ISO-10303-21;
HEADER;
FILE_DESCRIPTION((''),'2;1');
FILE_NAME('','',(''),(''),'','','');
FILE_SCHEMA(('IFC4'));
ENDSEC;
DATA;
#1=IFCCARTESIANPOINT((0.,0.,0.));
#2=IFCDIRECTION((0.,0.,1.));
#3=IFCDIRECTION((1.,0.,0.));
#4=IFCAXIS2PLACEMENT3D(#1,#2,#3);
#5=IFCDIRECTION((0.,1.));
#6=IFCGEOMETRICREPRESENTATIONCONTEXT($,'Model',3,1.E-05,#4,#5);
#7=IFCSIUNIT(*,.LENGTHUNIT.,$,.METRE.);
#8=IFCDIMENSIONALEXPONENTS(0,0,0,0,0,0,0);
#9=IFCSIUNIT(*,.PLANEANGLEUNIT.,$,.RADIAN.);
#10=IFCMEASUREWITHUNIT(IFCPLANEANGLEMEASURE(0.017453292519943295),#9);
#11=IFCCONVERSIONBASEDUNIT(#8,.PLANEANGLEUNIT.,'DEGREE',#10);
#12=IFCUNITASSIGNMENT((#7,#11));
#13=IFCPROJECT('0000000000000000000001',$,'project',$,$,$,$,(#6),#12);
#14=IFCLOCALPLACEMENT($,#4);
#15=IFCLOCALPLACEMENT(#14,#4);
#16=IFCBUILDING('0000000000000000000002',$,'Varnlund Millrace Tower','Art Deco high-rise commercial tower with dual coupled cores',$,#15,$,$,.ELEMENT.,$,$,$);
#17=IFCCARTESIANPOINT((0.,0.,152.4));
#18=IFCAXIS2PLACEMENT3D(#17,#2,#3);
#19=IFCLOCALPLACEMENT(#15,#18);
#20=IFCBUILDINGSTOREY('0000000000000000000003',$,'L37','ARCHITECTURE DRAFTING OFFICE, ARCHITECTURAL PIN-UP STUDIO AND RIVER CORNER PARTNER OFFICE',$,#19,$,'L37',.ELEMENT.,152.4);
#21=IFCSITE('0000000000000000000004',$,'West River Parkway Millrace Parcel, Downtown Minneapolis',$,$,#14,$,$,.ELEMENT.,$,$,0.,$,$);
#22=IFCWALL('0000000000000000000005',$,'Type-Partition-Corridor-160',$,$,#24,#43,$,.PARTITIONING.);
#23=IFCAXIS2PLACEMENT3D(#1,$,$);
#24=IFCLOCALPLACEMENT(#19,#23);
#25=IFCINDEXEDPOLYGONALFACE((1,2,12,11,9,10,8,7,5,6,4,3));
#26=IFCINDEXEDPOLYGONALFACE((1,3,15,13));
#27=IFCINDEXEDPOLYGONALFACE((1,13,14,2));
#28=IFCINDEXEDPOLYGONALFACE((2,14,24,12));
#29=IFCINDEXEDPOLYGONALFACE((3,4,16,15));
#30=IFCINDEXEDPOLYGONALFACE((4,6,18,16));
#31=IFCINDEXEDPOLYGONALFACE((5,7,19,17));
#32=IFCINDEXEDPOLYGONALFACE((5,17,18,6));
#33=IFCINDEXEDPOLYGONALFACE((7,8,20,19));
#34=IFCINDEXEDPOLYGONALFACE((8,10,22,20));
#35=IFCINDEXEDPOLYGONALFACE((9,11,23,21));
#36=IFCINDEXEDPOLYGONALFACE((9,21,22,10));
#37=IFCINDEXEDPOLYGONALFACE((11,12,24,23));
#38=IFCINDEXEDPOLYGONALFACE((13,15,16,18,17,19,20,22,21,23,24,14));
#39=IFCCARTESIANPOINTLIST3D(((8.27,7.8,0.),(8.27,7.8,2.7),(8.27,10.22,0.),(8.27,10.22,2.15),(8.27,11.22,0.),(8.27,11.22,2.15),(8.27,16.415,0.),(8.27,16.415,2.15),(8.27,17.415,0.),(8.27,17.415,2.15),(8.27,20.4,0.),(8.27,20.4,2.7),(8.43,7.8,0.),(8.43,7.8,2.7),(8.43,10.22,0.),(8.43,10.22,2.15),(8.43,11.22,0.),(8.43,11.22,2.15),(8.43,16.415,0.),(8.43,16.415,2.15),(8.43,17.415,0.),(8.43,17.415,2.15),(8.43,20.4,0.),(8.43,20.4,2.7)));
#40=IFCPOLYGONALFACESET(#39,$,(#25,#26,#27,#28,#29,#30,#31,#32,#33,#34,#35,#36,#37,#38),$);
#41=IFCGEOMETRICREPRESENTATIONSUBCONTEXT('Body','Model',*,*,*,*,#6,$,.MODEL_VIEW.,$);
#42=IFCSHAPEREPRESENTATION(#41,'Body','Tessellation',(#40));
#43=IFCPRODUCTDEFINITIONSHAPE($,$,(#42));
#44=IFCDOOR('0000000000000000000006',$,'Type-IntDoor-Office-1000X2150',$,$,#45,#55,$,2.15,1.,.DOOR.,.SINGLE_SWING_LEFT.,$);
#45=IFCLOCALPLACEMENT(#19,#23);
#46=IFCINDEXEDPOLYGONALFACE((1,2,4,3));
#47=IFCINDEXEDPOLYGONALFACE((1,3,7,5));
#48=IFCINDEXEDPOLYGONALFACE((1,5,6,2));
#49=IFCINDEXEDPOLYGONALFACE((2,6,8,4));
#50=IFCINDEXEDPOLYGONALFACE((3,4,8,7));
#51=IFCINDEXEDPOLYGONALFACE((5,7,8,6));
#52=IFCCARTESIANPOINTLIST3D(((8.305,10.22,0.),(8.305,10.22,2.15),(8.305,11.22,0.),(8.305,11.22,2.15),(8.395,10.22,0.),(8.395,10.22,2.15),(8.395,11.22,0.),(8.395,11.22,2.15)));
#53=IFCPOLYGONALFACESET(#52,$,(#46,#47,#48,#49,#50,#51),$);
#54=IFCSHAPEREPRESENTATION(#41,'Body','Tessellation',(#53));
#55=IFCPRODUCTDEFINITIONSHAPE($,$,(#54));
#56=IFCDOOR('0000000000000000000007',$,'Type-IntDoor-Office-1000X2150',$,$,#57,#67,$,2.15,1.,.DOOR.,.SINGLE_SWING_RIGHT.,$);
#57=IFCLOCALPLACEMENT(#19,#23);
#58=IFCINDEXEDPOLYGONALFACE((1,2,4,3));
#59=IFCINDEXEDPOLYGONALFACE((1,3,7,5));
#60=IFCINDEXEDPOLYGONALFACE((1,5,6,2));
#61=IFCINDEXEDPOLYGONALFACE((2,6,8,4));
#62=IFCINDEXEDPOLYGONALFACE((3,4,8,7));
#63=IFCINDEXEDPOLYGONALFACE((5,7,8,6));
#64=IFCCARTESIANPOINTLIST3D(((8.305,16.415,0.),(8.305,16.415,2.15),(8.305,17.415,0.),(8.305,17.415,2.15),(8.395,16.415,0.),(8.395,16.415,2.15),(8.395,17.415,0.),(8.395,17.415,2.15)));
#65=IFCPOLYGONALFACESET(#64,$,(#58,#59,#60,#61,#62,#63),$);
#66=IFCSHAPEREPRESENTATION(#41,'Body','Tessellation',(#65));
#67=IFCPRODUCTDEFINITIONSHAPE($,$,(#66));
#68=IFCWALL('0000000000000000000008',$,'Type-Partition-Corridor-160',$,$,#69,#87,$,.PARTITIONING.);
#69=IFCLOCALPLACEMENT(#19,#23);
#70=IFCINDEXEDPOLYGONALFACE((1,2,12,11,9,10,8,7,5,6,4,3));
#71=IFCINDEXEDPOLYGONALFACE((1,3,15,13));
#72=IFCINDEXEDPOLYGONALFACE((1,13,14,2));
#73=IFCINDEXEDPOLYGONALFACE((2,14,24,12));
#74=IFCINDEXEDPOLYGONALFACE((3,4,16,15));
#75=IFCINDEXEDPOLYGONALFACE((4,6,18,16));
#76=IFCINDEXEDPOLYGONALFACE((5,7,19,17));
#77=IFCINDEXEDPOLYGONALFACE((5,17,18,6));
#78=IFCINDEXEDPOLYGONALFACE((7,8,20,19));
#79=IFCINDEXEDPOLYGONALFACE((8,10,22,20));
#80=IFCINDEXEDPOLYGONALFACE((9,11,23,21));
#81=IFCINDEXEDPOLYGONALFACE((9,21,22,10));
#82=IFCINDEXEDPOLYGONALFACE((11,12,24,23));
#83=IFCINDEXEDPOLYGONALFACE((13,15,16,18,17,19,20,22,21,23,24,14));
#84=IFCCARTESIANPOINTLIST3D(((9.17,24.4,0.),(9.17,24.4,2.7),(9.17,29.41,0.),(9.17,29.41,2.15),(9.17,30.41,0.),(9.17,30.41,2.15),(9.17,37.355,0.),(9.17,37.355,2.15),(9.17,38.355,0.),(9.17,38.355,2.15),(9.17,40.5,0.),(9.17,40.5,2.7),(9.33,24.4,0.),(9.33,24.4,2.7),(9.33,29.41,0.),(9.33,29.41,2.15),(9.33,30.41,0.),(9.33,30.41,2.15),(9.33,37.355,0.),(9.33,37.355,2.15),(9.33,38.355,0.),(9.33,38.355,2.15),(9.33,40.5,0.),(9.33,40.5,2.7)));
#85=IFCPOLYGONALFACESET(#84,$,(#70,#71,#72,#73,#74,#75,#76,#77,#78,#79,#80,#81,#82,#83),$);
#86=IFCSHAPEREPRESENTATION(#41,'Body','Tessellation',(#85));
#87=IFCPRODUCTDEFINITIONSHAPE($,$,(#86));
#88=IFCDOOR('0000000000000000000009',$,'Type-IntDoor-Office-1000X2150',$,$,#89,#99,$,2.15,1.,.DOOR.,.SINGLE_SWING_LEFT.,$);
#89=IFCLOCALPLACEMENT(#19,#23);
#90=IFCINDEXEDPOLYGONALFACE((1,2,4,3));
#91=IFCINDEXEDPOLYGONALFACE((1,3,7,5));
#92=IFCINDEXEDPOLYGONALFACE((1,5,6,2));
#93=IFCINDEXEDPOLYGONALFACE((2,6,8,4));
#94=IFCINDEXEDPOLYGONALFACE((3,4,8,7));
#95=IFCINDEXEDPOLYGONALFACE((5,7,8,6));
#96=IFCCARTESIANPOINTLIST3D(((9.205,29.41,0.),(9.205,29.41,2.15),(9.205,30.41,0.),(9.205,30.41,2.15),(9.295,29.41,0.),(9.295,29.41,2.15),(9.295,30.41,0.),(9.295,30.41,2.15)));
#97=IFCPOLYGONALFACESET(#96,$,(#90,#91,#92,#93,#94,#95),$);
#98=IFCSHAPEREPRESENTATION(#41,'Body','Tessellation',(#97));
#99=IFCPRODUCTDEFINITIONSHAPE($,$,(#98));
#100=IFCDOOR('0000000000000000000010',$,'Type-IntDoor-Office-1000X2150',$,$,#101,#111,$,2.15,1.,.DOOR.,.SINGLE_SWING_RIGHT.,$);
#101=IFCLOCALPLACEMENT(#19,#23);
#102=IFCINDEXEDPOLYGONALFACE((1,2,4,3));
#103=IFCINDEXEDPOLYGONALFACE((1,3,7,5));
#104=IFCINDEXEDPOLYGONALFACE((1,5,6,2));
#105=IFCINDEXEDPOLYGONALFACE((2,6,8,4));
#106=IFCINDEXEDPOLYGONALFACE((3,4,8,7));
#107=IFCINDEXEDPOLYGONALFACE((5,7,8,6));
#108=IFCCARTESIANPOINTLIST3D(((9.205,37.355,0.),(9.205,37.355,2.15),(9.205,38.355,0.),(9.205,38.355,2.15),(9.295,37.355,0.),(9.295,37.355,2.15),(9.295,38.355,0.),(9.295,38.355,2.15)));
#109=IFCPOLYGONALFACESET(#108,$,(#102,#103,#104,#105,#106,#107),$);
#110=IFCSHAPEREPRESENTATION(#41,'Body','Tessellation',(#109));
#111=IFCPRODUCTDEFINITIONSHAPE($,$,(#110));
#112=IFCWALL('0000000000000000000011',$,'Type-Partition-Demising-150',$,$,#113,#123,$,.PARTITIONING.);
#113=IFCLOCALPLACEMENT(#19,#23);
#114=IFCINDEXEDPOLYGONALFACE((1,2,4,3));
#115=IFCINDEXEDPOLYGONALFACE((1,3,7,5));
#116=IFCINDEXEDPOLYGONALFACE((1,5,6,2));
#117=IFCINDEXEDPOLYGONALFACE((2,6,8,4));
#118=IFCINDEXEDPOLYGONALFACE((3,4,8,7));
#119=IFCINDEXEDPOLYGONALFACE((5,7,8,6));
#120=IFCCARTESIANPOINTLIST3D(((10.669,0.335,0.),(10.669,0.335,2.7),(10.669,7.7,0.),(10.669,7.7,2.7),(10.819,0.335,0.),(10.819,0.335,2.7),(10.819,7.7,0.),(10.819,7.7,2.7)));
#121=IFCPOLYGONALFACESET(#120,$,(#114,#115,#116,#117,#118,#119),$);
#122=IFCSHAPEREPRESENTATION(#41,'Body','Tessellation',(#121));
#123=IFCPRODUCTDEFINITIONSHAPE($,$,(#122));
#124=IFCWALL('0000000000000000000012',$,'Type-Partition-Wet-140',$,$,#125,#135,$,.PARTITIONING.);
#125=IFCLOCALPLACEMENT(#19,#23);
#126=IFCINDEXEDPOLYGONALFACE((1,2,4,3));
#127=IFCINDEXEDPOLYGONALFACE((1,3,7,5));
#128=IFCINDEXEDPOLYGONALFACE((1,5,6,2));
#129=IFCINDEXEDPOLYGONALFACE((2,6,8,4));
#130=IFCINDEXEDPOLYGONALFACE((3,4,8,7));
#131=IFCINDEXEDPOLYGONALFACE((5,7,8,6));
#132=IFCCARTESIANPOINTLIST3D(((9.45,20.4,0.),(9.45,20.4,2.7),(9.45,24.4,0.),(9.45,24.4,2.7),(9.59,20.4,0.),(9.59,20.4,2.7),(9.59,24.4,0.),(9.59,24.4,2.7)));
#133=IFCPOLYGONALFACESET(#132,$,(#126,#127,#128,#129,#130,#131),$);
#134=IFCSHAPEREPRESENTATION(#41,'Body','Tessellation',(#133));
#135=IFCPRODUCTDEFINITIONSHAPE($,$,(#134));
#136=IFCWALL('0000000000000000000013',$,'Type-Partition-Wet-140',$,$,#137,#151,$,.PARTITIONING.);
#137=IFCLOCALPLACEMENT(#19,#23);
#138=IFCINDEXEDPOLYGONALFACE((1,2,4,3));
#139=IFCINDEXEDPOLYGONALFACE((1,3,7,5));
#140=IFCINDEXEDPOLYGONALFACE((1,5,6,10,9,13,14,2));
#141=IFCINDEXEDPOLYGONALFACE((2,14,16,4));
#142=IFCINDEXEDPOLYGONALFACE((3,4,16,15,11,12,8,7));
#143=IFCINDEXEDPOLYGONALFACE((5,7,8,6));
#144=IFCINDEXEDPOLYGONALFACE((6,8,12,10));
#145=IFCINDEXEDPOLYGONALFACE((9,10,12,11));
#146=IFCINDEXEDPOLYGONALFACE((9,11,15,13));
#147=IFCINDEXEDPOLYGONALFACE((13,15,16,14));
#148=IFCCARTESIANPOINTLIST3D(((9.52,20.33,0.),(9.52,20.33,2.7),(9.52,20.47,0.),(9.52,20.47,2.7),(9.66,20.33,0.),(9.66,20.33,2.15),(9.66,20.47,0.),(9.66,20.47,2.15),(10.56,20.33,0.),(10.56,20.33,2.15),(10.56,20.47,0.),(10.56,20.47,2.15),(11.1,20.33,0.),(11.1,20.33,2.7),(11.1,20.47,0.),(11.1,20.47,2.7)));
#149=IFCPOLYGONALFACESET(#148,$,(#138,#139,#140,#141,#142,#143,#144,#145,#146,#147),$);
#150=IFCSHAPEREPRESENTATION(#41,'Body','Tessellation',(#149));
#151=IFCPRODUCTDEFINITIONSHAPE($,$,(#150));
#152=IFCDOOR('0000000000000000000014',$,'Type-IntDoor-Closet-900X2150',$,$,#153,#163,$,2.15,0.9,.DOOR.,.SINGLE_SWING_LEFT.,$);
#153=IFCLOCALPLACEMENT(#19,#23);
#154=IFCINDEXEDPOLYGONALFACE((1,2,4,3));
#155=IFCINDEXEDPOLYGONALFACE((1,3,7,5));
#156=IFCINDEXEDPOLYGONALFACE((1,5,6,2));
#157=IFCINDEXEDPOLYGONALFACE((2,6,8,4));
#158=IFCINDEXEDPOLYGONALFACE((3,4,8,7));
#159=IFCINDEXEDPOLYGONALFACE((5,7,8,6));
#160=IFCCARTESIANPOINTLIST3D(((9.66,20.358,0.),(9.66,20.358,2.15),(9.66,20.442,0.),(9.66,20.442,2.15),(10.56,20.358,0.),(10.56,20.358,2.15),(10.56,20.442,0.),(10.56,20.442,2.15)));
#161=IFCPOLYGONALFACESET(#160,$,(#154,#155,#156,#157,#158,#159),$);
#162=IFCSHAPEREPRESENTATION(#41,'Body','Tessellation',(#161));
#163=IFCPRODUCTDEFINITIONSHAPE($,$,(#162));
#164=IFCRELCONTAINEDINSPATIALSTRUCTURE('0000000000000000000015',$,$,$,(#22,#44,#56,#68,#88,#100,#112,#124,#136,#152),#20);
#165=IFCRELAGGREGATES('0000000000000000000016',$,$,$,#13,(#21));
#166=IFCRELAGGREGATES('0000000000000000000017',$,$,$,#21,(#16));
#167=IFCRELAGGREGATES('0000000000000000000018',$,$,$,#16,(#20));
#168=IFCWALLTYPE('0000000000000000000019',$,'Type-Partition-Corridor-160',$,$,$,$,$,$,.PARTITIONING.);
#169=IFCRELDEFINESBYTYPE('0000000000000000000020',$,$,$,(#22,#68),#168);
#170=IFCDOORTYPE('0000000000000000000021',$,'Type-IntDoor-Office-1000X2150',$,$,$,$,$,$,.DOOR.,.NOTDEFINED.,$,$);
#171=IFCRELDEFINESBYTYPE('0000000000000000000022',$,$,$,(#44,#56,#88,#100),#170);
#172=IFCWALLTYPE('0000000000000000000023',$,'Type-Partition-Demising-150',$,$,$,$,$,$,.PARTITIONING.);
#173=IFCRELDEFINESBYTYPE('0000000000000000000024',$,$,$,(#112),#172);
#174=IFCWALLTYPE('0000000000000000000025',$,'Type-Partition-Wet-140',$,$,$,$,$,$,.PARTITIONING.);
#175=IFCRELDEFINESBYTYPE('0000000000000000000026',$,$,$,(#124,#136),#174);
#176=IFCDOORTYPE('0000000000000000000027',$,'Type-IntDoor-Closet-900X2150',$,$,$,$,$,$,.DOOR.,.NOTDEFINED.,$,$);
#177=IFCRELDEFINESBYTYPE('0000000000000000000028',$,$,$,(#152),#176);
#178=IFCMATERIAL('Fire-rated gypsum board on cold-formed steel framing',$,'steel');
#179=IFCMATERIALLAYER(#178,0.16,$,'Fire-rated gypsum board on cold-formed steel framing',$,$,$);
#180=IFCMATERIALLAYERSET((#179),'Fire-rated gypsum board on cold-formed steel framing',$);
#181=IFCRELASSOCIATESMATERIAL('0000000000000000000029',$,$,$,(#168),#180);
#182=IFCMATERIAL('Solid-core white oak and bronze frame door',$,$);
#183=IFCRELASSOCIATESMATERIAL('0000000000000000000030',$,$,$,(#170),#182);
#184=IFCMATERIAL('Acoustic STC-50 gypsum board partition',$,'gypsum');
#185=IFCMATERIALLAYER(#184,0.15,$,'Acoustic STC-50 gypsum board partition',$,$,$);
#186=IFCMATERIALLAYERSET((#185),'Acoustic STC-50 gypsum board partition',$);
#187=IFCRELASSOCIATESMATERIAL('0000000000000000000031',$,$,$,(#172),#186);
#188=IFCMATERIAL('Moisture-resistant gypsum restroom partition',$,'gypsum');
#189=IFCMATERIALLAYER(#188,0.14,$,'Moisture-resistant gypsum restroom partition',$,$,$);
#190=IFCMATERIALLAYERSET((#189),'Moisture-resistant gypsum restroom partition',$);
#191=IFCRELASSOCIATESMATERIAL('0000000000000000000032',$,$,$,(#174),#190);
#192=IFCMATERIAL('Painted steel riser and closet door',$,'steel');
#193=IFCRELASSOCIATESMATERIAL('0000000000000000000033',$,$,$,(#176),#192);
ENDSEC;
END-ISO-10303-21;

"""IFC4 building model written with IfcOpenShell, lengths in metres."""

from ifc_helpers import new_model, entity, si_unit, converted_unit, direction, frame, origin_with_axes, origin_2d_with_axis, place, context, subcontext, project, spatial, polyline, rectangle, outline, extrude, material, layer, layer_set, type_object, element, fill, save


model = new_model("IFC4")

# Units and contexts
model_context = context("Model", 3, precision=1e-05, world=origin_with_axes(), true_north=direction((0.0, 1.0)))
body_context = subcontext(model_context, "Body", "Model", "MODEL_VIEW")
ifc_project = project(units=[si_unit("LENGTHUNIT", "METRE"), converted_unit("PLANEANGLEUNIT", "DEGREE", entity("IfcPlaneAngleMeasure", 0.017453292519943295), si_unit("PLANEANGLEUNIT", "RADIAN"), dimensions=[0, 0, 0, 0, 0, 0, 0])], contexts=[model_context])

# Site, building, storey
site_placement = place(None, origin_with_axes())
site = spatial("IfcSite", under=ifc_project, at=site_placement, Name="West River Parkway Millrace Parcel, Downtown Minneapolis", CompositionType="ELEMENT", RefElevation=0.0)
building_placement = place(site_placement, origin_with_axes())
building = spatial("IfcBuilding", under=site, at=building_placement, Name="Varnlund Millrace Tower", Description="Art Deco high-rise commercial tower with dual coupled cores", CompositionType="ELEMENT")
storey_placement = place(building_placement, frame((0.0, 0.0, 152.4), z_axis=(0.0, 0.0, 1.0), x_axis=(1.0, 0.0, 0.0)))
storey = spatial("IfcBuildingStorey", under=building, at=storey_placement, Name="L37", Description="ARCHITECTURE DRAFTING OFFICE, ARCHITECTURAL PIN-UP STUDIO AND RIVER CORNER PARTNER OFFICE", LongName="L37", CompositionType="ELEMENT", Elevation=152.4)

# Shared definitions
ifc_material_1 = material(Name="Fire-rated gypsum board on cold-formed steel framing", Category="steel")
ifc_layer_1 = layer(ifc_material_1, 0.16, Name="Fire-rated gypsum board on cold-formed steel framing")
ifc_layer_set_1 = layer_set([ifc_layer_1], Name="Fire-rated gypsum board on cold-formed steel framing")
wall_type_1 = type_object("IfcWallType", Name="Type-Partition-Corridor-160", PredefinedType="PARTITIONING", material=ifc_layer_set_1)

# Walls, openings, doors
ifc_material_2 = material(Name="Solid-core white oak and bronze frame door")
door_type_1 = type_object("IfcDoorType", Name="Type-IntDoor-Office-1000X2150", OperationType="NOTDEFINED", PredefinedType="DOOR", material=ifc_material_2)
wall_1_placement = place(storey_placement, frame((8.35, 7.8, 0.0), z_axis=(0.0, 0.0, 1.0), x_axis=(0.0, 1.0, 0.0)))
wall_1 = element("IfcWall", 1, at=wall_1_placement, inside=storey, type_object=wall_type_1, Name="Type-Partition-Corridor-160", PredefinedType="PARTITIONING", context=body_context, shape_type="SweptSolid", body=[
    extrude(outline(polyline([(0.0, -0.08), (12.6, -0.08), (12.6, 0.08), (0.0, 0.08), (0.0, -0.08)])), origin_with_axes(), (0.0, 0.0, 1.0), 2.7),
])
opening_1_placement = place(wall_1_placement, frame((2.92, 0.0, 0.0), z_axis=(0.0, 0.0, 1.0), x_axis=(1.0, 0.0, 0.0)))
opening_1 = element("IfcOpeningElement", 2, at=opening_1_placement, cuts=wall_1, PredefinedType="OPENING", context=body_context, shape_type="SweptSolid", body=[
    extrude(rectangle(XDim=1.0, YDim=0.18, at=origin_2d_with_axis()), origin_with_axes(), (0.0, 0.0, 1.0), 2.15),
])
opening_2_placement = place(wall_1_placement, frame((9.115, 0.0, 0.0), z_axis=(0.0, 0.0, 1.0), x_axis=(1.0, 0.0, 0.0)))
opening_2 = element("IfcOpeningElement", 3, at=opening_2_placement, cuts=wall_1, PredefinedType="OPENING", context=body_context, shape_type="SweptSolid", body=[
    extrude(rectangle(XDim=1.0, YDim=0.18, at=origin_2d_with_axis()), origin_with_axes(), (0.0, 0.0, 1.0), 2.15),
])
door_1_placement = place(wall_1_placement, frame((2.92, 0.0, 0.0), z_axis=(0.0, 0.0, 1.0), x_axis=(1.0, 0.0, 0.0)))
door_1 = element("IfcDoor", 4, at=door_1_placement, inside=storey, type_object=door_type_1, Name="Type-IntDoor-Office-1000X2150", OperationType="SINGLE_SWING_LEFT", OverallHeight=2.15, OverallWidth=1.0, PredefinedType="DOOR", context=body_context, shape_type="SweptSolid", body=[
    extrude(rectangle(XDim=1.0, YDim=0.09, at=origin_2d_with_axis()), origin_with_axes(), (0.0, 0.0, 1.0), 2.15),
])
fill(opening_1, door_1)
door_2_placement = place(wall_1_placement, frame((9.115, 0.0, 0.0), z_axis=(0.0, 0.0, 1.0), x_axis=(1.0, 0.0, 0.0)))
door_2 = element("IfcDoor", 5, at=door_2_placement, inside=storey, type_object=door_type_1, Name="Type-IntDoor-Office-1000X2150", OperationType="SINGLE_SWING_RIGHT", OverallHeight=2.15, OverallWidth=1.0, PredefinedType="DOOR", context=body_context, shape_type="SweptSolid", body=[
    extrude(rectangle(XDim=1.0, YDim=0.09, at=origin_2d_with_axis()), origin_with_axes(), (0.0, 0.0, 1.0), 2.15),
])
fill(opening_2, door_2)
wall_2_placement = place(storey_placement, frame((9.25, 24.4, 0.0), z_axis=(0.0, 0.0, 1.0), x_axis=(0.0, 1.0, 0.0)))
wall_2 = element("IfcWall", 6, at=wall_2_placement, inside=storey, type_object=wall_type_1, Name="Type-Partition-Corridor-160", PredefinedType="PARTITIONING", context=body_context, shape_type="SweptSolid", body=[
    extrude(outline(polyline([(0.0, -0.08), (16.1, -0.08), (16.1, 0.08), (0.0, 0.08), (0.0, -0.08)])), origin_with_axes(), (0.0, 0.0, 1.0), 2.7),
])
opening_3_placement = place(wall_2_placement, frame((5.51, 0.0, 0.0), z_axis=(0.0, 0.0, 1.0), x_axis=(1.0, 0.0, 0.0)))
opening_3 = element("IfcOpeningElement", 7, at=opening_3_placement, cuts=wall_2, PredefinedType="OPENING", context=body_context, shape_type="SweptSolid", body=[
    extrude(rectangle(XDim=1.0, YDim=0.18, at=origin_2d_with_axis()), origin_with_axes(), (0.0, 0.0, 1.0), 2.15),
])
opening_4_placement = place(wall_2_placement, frame((13.455, 0.0, 0.0), z_axis=(0.0, 0.0, 1.0), x_axis=(1.0, 0.0, 0.0)))
opening_4 = element("IfcOpeningElement", 8, at=opening_4_placement, cuts=wall_2, PredefinedType="OPENING", context=body_context, shape_type="SweptSolid", body=[
    extrude(rectangle(XDim=1.0, YDim=0.18, at=origin_2d_with_axis()), origin_with_axes(), (0.0, 0.0, 1.0), 2.15),
])
door_3_placement = place(wall_2_placement, frame((5.51, 0.0, 0.0), z_axis=(0.0, 0.0, 1.0), x_axis=(1.0, 0.0, 0.0)))
door_3 = element("IfcDoor", 9, at=door_3_placement, inside=storey, type_object=door_type_1, Name="Type-IntDoor-Office-1000X2150", OperationType="SINGLE_SWING_LEFT", OverallHeight=2.15, OverallWidth=1.0, PredefinedType="DOOR", context=body_context, shape_type="SweptSolid", body=[
    extrude(rectangle(XDim=1.0, YDim=0.09, at=origin_2d_with_axis()), origin_with_axes(), (0.0, 0.0, 1.0), 2.15),
])
fill(opening_3, door_3)
door_4_placement = place(wall_2_placement, frame((13.455, 0.0, 0.0), z_axis=(0.0, 0.0, 1.0), x_axis=(1.0, 0.0, 0.0)))
door_4 = element("IfcDoor", 10, at=door_4_placement, inside=storey, type_object=door_type_1, Name="Type-IntDoor-Office-1000X2150", OperationType="SINGLE_SWING_RIGHT", OverallHeight=2.15, OverallWidth=1.0, PredefinedType="DOOR", context=body_context, shape_type="SweptSolid", body=[
    extrude(rectangle(XDim=1.0, YDim=0.09, at=origin_2d_with_axis()), origin_with_axes(), (0.0, 0.0, 1.0), 2.15),
])
fill(opening_4, door_4)

# Walls
ifc_material_3 = material(Name="Acoustic STC-50 gypsum board partition", Category="gypsum")
ifc_layer_2 = layer(ifc_material_3, 0.15, Name="Acoustic STC-50 gypsum board partition")
ifc_layer_set_2 = layer_set([ifc_layer_2], Name="Acoustic STC-50 gypsum board partition")
wall_type_2 = type_object("IfcWallType", Name="Type-Partition-Demising-150", PredefinedType="PARTITIONING", material=ifc_layer_set_2)
wall_3_placement = place(storey_placement, frame((10.744, 0.335, 0.0), z_axis=(0.0, 0.0, 1.0), x_axis=(0.0, 1.0, 0.0)))
element("IfcWall", 11, at=wall_3_placement, inside=storey, type_object=wall_type_2, Name="Type-Partition-Demising-150", PredefinedType="PARTITIONING", context=body_context, shape_type="SweptSolid", body=[
    extrude(outline(polyline([(0.0, -0.075), (7.365, -0.075), (7.365, 0.075), (0.0, 0.075), (0.0, -0.075)])), origin_with_axes(), (0.0, 0.0, 1.0), 2.7),
])
ifc_material_4 = material(Name="Moisture-resistant gypsum restroom partition", Category="gypsum")
ifc_layer_3 = layer(ifc_material_4, 0.14, Name="Moisture-resistant gypsum restroom partition")
ifc_layer_set_3 = layer_set([ifc_layer_3], Name="Moisture-resistant gypsum restroom partition")
wall_type_3 = type_object("IfcWallType", Name="Type-Partition-Wet-140", PredefinedType="PARTITIONING", material=ifc_layer_set_3)
wall_4_placement = place(storey_placement, frame((9.52, 20.4, 0.0), z_axis=(0.0, 0.0, 1.0), x_axis=(0.0, 1.0, 0.0)))
element("IfcWall", 12, at=wall_4_placement, inside=storey, type_object=wall_type_3, Name="Type-Partition-Wet-140", PredefinedType="PARTITIONING", context=body_context, shape_type="SweptSolid", body=[
    extrude(outline(polyline([(0.0, -0.07), (4.0, -0.07), (4.0, 0.07), (0.0, 0.07), (0.0, -0.07)])), origin_with_axes(), (0.0, 0.0, 1.0), 2.7),
])

# Wall, opening, door
wall_5_placement = place(storey_placement, frame((9.52, 20.4, 0.0), z_axis=(0.0, 0.0, 1.0), x_axis=(1.0, 0.0, 0.0)))
wall_5 = element("IfcWall", 13, at=wall_5_placement, inside=storey, type_object=wall_type_3, Name="Type-Partition-Wet-140", PredefinedType="PARTITIONING", context=body_context, shape_type="SweptSolid", body=[
    extrude(outline(polyline([(0.0, -0.07), (1.58, -0.07), (1.58, 0.07), (0.0, 0.07), (0.0, -0.07)])), origin_with_axes(), (0.0, 0.0, 1.0), 2.7),
])
opening_5_placement = place(wall_5_placement, frame((0.59, 0.0, 0.0), z_axis=(0.0, 0.0, 1.0), x_axis=(1.0, 0.0, 0.0)))
opening_5 = element("IfcOpeningElement", 14, at=opening_5_placement, cuts=wall_5, PredefinedType="OPENING", context=body_context, shape_type="SweptSolid", body=[
    extrude(rectangle(XDim=0.9, YDim=0.16, at=origin_2d_with_axis()), origin_with_axes(), (0.0, 0.0, 1.0), 2.15),
])
ifc_material_5 = material(Name="Painted steel riser and closet door", Category="steel")
door_type_2 = type_object("IfcDoorType", Name="Type-IntDoor-Closet-900X2150", OperationType="NOTDEFINED", PredefinedType="DOOR", material=ifc_material_5)
door_5_placement = place(wall_5_placement, frame((0.59, 0.0, 0.0), z_axis=(0.0, 0.0, 1.0), x_axis=(1.0, 0.0, 0.0)))
door_5 = element("IfcDoor", 15, at=door_5_placement, inside=storey, type_object=door_type_2, Name="Type-IntDoor-Closet-900X2150", OperationType="SINGLE_SWING_LEFT", OverallHeight=2.15, OverallWidth=0.9, PredefinedType="DOOR", context=body_context, shape_type="SweptSolid", body=[
    extrude(rectangle(XDim=0.9, YDim=0.084, at=origin_2d_with_axis()), origin_with_axes(), (0.0, 0.0, 1.0), 2.15),
])
fill(opening_5, door_5)

save(model, "model.ifc")
